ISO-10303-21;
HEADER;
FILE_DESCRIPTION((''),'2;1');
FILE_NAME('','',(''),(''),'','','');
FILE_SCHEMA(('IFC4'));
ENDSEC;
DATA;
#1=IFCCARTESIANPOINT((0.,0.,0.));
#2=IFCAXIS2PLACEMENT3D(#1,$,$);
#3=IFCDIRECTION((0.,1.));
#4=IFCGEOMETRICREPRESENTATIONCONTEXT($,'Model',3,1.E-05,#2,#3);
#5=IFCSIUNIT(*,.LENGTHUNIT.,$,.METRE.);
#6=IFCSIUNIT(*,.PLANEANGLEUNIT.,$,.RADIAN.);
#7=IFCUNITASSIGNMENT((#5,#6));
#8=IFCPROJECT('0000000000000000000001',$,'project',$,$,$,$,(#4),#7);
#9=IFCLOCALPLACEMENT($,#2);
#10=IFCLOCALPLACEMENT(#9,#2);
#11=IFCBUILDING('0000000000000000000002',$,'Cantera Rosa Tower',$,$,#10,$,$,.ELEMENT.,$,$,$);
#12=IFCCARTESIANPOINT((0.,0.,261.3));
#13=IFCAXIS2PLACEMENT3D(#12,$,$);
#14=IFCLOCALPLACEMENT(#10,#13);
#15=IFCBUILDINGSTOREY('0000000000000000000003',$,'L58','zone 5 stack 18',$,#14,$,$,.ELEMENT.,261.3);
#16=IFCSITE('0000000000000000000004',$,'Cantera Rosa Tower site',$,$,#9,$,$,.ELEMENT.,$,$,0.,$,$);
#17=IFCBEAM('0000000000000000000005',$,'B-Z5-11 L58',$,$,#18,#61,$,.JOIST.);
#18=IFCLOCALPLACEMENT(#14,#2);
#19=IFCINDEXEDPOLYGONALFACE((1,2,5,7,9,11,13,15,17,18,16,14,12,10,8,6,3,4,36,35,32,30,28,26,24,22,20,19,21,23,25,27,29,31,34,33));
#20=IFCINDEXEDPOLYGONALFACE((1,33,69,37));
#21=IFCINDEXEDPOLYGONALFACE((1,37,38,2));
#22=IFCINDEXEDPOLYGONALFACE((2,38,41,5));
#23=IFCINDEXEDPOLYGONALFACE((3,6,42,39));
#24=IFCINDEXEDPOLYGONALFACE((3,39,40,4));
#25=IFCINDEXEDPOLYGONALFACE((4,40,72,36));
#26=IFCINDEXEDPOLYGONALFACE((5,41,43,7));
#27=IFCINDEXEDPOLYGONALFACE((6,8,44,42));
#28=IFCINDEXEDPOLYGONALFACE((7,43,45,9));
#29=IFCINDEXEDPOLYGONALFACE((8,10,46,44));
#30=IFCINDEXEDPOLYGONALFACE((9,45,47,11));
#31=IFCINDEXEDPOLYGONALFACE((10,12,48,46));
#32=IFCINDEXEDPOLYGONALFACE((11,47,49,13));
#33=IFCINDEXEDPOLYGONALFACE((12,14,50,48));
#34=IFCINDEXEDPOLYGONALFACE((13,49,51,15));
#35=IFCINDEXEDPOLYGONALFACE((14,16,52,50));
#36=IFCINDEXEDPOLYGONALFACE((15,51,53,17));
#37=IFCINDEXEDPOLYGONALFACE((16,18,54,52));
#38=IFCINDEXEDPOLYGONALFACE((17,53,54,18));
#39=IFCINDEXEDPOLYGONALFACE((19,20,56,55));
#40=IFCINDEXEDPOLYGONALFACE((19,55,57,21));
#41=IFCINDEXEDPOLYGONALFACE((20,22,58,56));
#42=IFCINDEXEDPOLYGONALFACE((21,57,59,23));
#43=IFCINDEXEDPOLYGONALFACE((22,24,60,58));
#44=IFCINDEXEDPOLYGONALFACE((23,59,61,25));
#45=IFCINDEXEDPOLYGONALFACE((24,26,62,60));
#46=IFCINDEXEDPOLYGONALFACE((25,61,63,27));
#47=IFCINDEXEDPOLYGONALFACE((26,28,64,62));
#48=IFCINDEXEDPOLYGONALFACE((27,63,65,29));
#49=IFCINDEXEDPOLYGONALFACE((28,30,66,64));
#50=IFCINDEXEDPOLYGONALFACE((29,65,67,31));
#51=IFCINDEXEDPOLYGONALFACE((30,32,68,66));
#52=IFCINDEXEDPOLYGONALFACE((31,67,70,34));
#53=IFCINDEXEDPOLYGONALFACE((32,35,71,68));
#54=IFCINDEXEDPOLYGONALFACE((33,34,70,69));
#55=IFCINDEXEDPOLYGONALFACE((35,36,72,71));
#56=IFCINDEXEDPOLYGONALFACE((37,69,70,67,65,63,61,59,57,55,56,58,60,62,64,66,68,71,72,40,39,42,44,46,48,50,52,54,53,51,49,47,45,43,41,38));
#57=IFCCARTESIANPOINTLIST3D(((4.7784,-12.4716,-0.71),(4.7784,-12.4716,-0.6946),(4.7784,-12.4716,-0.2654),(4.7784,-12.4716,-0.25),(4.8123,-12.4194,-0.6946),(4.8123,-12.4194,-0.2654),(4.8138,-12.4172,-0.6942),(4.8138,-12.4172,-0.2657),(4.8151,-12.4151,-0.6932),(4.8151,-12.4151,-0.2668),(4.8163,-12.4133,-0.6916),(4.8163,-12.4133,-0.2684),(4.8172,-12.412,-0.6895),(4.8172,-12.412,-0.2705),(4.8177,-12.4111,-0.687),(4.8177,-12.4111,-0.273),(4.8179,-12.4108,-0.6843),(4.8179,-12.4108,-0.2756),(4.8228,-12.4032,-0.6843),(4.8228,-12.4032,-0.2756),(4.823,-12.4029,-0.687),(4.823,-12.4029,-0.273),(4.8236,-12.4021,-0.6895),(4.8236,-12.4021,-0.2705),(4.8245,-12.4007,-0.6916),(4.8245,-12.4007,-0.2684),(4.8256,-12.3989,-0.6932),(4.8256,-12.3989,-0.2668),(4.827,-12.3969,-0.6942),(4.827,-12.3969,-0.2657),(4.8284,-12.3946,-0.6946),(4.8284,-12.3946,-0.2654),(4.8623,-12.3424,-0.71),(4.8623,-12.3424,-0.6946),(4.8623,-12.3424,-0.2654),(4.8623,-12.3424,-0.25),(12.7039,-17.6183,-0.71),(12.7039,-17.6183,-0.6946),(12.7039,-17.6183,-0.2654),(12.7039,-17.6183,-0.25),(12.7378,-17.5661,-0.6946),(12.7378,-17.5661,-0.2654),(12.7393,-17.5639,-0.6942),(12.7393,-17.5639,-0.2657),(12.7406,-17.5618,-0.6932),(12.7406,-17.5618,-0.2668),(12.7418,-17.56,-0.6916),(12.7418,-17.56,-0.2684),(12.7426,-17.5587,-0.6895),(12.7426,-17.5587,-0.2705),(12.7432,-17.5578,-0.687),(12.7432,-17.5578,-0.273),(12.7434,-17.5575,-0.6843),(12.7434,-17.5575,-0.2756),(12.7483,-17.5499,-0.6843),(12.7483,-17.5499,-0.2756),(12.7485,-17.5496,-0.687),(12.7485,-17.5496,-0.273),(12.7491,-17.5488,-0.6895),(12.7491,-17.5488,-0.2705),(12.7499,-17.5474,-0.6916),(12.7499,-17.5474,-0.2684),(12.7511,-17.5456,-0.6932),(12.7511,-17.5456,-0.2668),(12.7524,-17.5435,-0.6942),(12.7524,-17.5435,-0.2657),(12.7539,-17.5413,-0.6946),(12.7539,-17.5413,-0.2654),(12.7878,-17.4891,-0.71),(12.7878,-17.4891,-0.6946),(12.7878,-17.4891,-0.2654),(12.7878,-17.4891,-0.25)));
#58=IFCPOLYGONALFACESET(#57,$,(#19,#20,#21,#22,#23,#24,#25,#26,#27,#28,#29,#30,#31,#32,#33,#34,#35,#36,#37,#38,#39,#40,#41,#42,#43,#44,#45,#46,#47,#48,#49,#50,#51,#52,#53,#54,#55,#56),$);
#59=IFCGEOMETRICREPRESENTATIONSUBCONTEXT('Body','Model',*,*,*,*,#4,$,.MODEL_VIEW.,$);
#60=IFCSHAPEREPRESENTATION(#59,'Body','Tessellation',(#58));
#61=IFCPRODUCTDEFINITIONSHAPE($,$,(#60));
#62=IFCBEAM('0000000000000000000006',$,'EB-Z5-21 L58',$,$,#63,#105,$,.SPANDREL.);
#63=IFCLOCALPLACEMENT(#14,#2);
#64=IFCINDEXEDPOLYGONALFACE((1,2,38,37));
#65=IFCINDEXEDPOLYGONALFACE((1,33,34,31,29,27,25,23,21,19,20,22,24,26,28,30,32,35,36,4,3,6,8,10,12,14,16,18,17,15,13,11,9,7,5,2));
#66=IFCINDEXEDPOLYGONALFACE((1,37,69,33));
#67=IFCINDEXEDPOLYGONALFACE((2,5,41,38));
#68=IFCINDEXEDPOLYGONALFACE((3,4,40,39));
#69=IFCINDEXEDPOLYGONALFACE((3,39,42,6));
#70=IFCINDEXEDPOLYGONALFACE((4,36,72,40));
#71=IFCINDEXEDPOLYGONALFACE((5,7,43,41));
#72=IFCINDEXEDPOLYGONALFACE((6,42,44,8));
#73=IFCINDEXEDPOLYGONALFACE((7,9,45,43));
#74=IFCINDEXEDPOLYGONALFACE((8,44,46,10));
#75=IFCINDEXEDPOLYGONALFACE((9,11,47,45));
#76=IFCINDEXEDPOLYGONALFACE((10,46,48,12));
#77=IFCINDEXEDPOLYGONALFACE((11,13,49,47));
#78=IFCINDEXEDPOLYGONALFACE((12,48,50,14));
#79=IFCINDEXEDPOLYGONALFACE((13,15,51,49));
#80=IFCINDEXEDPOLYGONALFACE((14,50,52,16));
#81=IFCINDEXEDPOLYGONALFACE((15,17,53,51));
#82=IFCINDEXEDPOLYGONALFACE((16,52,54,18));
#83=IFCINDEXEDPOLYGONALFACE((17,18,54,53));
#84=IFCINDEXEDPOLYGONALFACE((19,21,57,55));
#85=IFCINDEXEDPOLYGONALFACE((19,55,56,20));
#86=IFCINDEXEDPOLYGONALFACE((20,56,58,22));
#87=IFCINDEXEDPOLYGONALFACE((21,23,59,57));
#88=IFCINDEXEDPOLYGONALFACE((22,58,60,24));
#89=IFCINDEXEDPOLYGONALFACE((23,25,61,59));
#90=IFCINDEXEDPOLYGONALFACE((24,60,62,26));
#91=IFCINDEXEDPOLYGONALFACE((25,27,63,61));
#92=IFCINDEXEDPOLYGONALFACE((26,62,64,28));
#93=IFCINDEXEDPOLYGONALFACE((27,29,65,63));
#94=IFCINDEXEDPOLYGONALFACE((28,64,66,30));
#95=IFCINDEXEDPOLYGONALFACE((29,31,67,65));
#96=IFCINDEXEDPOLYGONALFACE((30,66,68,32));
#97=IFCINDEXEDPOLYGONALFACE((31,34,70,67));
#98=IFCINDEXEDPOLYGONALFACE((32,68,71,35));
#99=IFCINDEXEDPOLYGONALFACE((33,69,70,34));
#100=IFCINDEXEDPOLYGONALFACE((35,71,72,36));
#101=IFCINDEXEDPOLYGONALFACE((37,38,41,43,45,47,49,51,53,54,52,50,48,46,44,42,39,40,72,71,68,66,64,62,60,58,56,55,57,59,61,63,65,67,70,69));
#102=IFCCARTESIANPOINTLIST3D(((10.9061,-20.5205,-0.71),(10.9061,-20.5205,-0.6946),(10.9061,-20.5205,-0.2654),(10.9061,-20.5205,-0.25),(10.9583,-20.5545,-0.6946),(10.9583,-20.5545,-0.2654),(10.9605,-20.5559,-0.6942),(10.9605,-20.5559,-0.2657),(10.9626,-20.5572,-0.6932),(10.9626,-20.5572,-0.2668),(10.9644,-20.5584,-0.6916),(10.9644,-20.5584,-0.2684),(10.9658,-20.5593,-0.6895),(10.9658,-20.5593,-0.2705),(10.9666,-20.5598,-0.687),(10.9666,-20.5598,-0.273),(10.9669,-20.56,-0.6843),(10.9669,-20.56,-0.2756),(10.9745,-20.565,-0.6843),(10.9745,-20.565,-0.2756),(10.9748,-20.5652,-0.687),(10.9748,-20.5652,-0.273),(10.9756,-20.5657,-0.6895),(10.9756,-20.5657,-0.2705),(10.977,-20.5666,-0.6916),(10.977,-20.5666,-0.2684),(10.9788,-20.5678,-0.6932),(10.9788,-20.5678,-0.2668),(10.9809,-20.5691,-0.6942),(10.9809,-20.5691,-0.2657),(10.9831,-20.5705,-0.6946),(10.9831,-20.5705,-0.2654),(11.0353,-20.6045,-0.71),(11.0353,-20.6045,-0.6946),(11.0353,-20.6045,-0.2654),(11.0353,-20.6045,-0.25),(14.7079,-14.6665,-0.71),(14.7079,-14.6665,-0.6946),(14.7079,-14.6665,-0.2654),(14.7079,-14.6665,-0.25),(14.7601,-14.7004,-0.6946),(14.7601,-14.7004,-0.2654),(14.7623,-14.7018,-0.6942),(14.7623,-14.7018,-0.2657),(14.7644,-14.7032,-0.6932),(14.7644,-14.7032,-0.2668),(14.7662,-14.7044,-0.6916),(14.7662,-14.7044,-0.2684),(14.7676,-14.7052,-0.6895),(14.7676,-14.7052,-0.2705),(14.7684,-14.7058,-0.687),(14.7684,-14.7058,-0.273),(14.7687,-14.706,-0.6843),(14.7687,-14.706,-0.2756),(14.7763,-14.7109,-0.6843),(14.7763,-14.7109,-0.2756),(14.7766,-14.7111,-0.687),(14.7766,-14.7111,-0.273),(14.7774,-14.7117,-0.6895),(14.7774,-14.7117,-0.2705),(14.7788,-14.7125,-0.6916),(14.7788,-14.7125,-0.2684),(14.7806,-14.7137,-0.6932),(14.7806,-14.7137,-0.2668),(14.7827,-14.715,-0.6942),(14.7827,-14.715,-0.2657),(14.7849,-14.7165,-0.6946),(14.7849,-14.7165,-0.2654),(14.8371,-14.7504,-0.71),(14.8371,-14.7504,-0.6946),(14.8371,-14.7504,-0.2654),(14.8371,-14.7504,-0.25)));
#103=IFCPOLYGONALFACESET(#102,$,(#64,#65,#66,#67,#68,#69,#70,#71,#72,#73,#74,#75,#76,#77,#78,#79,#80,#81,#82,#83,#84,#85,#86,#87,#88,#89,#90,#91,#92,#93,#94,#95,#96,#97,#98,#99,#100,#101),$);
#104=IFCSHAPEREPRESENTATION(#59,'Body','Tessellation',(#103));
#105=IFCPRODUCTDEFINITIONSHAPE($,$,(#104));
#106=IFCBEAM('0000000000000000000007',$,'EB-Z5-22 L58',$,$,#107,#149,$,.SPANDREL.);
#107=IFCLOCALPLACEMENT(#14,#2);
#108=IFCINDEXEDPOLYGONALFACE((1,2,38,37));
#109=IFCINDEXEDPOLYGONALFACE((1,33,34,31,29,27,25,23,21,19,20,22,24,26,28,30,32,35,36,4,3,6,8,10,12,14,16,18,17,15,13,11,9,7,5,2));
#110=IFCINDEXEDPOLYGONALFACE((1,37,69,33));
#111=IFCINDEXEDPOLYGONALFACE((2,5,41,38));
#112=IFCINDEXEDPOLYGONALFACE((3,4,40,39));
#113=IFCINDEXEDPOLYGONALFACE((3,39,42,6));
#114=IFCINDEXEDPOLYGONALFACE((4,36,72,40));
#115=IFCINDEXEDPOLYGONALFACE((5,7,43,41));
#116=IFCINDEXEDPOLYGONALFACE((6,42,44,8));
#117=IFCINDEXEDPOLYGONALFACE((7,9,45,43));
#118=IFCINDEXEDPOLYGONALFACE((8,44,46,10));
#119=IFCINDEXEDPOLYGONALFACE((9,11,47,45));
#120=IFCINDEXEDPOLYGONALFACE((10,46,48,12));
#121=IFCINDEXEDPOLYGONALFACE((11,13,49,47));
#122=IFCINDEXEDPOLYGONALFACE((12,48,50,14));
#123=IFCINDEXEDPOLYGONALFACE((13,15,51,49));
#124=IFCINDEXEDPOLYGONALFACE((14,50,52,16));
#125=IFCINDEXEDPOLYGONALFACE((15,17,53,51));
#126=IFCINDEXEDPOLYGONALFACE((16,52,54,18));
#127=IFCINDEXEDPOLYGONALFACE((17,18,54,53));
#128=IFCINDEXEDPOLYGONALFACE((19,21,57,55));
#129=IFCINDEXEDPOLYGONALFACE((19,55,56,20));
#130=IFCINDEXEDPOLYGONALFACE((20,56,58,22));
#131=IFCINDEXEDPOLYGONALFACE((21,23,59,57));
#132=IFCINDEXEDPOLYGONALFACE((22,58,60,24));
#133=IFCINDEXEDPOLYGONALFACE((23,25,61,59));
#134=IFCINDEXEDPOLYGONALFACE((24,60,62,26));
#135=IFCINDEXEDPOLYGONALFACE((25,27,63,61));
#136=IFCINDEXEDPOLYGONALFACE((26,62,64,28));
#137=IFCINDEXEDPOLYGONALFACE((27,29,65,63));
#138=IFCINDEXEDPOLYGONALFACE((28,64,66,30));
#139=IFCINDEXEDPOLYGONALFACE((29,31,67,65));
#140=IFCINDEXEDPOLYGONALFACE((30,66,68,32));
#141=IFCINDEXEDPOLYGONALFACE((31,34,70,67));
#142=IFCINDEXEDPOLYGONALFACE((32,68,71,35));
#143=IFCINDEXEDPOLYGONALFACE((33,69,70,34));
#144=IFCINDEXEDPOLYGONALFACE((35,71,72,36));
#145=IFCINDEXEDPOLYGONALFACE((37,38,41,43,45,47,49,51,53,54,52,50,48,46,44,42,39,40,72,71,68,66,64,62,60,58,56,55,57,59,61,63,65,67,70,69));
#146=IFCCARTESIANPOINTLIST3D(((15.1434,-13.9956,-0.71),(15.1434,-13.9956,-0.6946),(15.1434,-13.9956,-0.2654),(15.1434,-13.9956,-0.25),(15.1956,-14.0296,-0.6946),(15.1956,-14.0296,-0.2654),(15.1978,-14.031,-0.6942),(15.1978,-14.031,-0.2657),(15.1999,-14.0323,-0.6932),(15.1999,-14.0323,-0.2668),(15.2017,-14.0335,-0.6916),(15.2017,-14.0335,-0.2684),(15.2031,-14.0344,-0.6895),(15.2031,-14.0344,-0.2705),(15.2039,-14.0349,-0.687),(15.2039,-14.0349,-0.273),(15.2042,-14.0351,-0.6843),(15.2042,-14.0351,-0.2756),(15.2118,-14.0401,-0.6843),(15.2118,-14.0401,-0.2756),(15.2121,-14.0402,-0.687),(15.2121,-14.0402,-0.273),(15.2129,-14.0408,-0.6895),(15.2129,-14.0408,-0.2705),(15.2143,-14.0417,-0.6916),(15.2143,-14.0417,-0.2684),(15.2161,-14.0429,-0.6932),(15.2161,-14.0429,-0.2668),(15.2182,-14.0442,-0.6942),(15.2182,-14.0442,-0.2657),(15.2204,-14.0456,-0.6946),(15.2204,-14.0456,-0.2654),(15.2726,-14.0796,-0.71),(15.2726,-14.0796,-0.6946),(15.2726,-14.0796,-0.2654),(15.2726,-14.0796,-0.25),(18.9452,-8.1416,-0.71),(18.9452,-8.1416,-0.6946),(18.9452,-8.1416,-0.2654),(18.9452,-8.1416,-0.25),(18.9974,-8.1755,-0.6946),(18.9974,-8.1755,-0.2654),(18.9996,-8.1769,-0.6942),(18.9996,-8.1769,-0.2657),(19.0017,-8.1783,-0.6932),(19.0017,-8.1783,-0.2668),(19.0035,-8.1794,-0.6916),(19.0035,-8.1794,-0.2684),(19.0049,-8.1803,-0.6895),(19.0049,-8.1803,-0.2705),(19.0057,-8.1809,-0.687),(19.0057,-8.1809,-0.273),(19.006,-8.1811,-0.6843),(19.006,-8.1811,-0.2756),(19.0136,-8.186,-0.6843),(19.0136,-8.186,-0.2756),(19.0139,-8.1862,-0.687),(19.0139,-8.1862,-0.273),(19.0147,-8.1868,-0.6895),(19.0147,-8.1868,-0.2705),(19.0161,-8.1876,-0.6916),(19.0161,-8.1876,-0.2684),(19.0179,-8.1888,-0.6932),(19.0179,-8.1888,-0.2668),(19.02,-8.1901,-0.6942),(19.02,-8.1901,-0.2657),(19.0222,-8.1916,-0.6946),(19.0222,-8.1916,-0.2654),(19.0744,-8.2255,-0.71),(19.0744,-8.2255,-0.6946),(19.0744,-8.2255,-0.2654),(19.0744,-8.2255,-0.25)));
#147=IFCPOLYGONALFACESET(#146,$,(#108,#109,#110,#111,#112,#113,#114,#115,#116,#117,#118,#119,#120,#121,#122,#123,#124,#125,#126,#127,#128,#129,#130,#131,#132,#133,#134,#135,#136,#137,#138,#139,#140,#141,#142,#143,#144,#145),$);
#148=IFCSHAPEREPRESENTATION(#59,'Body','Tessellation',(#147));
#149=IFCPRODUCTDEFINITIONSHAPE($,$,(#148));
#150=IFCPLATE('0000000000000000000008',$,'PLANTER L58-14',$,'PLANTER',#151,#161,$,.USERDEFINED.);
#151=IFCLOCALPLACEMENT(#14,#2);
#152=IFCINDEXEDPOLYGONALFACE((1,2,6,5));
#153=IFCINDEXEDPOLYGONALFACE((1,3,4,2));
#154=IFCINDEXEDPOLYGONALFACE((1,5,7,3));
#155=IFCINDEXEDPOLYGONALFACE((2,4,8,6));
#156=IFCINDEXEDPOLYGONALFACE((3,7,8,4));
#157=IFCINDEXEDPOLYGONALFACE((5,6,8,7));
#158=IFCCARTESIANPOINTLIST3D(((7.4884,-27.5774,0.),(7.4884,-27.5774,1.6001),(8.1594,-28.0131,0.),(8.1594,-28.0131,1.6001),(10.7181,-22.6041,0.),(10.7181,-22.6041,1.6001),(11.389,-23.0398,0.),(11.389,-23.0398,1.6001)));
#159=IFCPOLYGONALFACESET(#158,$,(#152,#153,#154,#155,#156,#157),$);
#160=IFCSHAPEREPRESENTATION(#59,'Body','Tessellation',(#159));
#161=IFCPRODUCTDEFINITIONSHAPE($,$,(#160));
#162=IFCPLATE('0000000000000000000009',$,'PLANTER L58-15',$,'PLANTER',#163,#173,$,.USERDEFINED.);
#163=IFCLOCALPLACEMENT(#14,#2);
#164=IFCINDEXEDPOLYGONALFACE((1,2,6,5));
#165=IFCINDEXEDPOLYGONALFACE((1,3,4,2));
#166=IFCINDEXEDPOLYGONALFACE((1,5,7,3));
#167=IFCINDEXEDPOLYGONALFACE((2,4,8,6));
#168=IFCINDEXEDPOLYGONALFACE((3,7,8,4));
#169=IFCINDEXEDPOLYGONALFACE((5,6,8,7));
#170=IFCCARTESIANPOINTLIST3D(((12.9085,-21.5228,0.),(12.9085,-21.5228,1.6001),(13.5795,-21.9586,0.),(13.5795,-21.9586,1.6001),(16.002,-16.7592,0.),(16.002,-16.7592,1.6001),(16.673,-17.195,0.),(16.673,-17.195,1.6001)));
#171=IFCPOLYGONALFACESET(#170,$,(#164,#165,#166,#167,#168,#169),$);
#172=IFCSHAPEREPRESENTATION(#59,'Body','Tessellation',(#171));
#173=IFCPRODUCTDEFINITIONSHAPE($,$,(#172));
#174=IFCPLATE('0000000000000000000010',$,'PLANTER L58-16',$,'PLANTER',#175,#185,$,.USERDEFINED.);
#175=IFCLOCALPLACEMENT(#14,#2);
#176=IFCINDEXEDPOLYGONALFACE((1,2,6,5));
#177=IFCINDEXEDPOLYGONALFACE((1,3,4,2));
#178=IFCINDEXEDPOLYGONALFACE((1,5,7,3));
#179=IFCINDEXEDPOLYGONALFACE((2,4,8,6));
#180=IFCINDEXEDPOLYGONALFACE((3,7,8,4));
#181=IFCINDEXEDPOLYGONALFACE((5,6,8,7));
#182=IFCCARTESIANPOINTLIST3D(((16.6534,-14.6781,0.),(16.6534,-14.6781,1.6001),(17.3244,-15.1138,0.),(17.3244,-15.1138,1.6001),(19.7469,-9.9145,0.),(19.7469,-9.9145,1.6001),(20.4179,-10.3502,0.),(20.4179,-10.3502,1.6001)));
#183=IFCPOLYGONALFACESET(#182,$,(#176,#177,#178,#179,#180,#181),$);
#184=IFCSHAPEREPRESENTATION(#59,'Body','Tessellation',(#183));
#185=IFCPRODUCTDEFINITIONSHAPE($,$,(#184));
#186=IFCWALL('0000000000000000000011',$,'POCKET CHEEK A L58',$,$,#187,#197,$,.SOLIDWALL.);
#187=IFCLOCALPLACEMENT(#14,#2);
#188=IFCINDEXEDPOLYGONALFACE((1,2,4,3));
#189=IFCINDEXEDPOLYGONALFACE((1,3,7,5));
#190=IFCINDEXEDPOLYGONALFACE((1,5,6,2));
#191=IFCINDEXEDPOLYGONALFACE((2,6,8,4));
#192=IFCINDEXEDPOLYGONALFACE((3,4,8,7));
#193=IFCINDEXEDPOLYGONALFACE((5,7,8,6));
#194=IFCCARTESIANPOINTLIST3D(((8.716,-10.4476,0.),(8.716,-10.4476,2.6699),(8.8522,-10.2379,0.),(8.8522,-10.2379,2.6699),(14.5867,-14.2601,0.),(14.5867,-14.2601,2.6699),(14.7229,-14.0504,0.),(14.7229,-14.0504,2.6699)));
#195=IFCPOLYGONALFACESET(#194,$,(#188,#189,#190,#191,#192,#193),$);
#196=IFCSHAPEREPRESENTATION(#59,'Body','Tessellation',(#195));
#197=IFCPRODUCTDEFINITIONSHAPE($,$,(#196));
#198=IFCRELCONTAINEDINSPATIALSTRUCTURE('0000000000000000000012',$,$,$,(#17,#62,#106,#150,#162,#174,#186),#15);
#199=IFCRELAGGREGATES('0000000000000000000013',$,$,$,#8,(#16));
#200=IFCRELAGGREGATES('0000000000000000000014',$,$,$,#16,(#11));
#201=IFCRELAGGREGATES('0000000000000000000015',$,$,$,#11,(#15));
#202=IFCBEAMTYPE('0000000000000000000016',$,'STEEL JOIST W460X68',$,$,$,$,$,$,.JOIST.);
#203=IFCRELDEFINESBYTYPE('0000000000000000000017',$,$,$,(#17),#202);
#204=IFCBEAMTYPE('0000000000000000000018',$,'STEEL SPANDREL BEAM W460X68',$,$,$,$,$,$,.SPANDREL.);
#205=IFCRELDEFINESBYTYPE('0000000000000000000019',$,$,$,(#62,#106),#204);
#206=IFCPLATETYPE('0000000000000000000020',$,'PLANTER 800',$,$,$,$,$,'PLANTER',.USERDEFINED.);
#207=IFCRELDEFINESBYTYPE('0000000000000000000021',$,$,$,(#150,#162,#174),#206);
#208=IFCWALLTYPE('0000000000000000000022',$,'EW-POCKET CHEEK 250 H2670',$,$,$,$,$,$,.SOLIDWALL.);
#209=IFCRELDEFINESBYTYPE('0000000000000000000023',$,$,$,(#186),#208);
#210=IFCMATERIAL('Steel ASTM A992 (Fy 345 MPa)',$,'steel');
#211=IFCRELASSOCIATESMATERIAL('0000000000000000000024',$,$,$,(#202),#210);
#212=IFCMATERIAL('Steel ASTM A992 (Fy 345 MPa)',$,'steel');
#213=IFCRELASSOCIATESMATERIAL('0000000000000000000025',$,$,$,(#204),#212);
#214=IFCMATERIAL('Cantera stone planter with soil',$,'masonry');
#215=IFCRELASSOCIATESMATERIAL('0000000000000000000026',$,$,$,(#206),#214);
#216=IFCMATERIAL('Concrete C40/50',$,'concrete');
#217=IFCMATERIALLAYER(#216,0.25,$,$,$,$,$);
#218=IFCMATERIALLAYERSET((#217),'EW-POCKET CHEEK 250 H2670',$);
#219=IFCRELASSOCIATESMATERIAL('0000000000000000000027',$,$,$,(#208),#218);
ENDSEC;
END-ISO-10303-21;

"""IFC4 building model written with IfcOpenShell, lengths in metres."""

from ifc_helpers import new_model, si_unit, direction, frame, frame_2d, origin, origin_2d, place, context, subcontext, project, spatial, rectangle, i_section, extrude, material, layer, layer_set, material_profile, profile_set, type_object, element, save


model = new_model("IFC4")

# Units and contexts
model_context = context("Model", 3, precision=1e-05, world=origin(), true_north=direction((0.0, 1.0)))
body_context = subcontext(model_context, "Body", "Model", "MODEL_VIEW")
ifc_project = project(units=[si_unit("LENGTHUNIT", "METRE"), si_unit("PLANEANGLEUNIT", "RADIAN")], contexts=[model_context])

# Site, building, storey
site_placement = place(None, origin())
site = spatial("IfcSite", under=ifc_project, at=site_placement, Name="Cantera Rosa Tower site", CompositionType="ELEMENT", RefElevation=0.0)
building_placement = place(site_placement, origin())
building = spatial("IfcBuilding", under=site, at=building_placement, Name="Cantera Rosa Tower", CompositionType="ELEMENT")
storey_placement = place(building_placement, frame((0.0, 0.0, 261.3)))
storey = spatial("IfcBuildingStorey", under=building, at=storey_placement, Name="L58", Description="zone 5 stack 18", CompositionType="ELEMENT", Elevation=261.3)

# Beams
ifc_material_1 = material(Name="Steel ASTM A992 (Fy 345 MPa)", Category="steel")
ifc_material_profile_1 = material_profile(ifc_material_1, i_section(OverallWidth=0.1541, OverallDepth=0.46, WebThickness=0.009, FlangeThickness=0.0154, FilletRadius=0.0103, at=origin_2d()), Name="W460X68")
ifc_profile_set_1 = profile_set([ifc_material_profile_1], Name="Steel ASTM A992 (Fy 345 MPa)")
beam_type_1 = type_object("IfcBeamType", Name="STEEL JOIST W460X68", PredefinedType="JOIST", material=ifc_profile_set_1)
beam_1_placement = place(storey_placement, frame((12.7458, -17.5537, -0.48), z_axis=(-0.838679, 0.544626, 0.0), x_axis=(-0.544626, -0.838679, 0.0)))
element("IfcBeam", 1, at=beam_1_placement, inside=storey, type_object=beam_type_1, Name="B-Z5-11 L58", PredefinedType="JOIST", context=body_context, shape_type="SweptSolid", body=[
    extrude(i_section(OverallWidth=0.1541, OverallDepth=0.46, WebThickness=0.009, FlangeThickness=0.0154, FilletRadius=0.0103, at=origin_2d()), origin(), (0.0, 0.0, 1.0), 9.45),
])
ifc_material_2 = material(Name="Steel ASTM A992 (Fy 345 MPa)", Category="steel")
ifc_material_profile_2 = material_profile(ifc_material_2, i_section(OverallWidth=0.1541, OverallDepth=0.46, WebThickness=0.009, FlangeThickness=0.0154, FilletRadius=0.0103, at=origin_2d()), Name="W460X68")
ifc_profile_set_2 = profile_set([ifc_material_profile_2], Name="Steel ASTM A992 (Fy 345 MPa)")
beam_type_2 = type_object("IfcBeamType", Name="STEEL SPANDREL BEAM W460X68", PredefinedType="SPANDREL", material=ifc_profile_set_2)
for number, where, z_axis, x_axis, name in (
    (2, (10.9707, -20.5625, -0.48), (0.544651, 0.838663, 0.0), (-0.838663, 0.544651, 0.0), "EB-Z5-21 L58"),
    (3, (15.208, -14.0376, -0.48), (0.544651, 0.838663, 0.0), (-0.838663, 0.544651, 0.0), "EB-Z5-22 L58"),
):
    element("IfcBeam", number, at=place(storey_placement, frame(where, z_axis=z_axis, x_axis=x_axis)), inside=storey, type_object=beam_type_2, Name=name, PredefinedType="SPANDREL", context=body_context, shape_type="SweptSolid", body=[
        extrude(i_section(OverallWidth=0.1541, OverallDepth=0.46, WebThickness=0.009, FlangeThickness=0.0154, FilletRadius=0.0103, at=origin_2d()), origin(), (0.0, 0.0, 1.0), 6.9802),
    ])

# Plates
ifc_material_3 = material(Name="Cantera stone planter with soil", Category="masonry")
plate_type = type_object("IfcPlateType", Name="PLANTER 800", ElementType="PLANTER", PredefinedType="USERDEFINED", material=ifc_material_3)
plate_placement = place(storey_placement, frame((9.4387, -25.3086, 0.0), z_axis=(0.0, 0.0, 1.0), x_axis=(0.544639, 0.838671, 0.0)))
element("IfcPlate", 4, at=plate_placement, inside=storey, type_object=plate_type, Name="PLANTER L58-14", ObjectType="PLANTER", PredefinedType="USERDEFINED", context=body_context, shape_type="SweptSolid", body=[
    extrude(rectangle(XDim=5.9299, YDim=0.8, at=origin_2d()), origin(), (0.0, 0.0, 1.0), 1.6001),
])
for number, where, z_axis, x_axis, name in (
    (5, (14.7908, -19.3589, 0.0), (0.0, 0.0, 1.0), (0.544639, 0.838671, 0.0), "PLANTER L58-15"),
    (6, (18.5356, -12.5142, 0.0), (0.0, 0.0, 1.0), (0.544639, 0.838671, 0.0), "PLANTER L58-16"),
):
    element("IfcPlate", number, at=place(storey_placement, frame(where, z_axis=z_axis, x_axis=x_axis)), inside=storey, type_object=plate_type, Name=name, ObjectType="PLANTER", PredefinedType="USERDEFINED", context=body_context, shape_type="SweptSolid", body=[
        extrude(rectangle(XDim=5.6799, YDim=0.8, at=origin_2d()), origin(), (0.0, 0.0, 1.0), 1.6001),
    ])

# Wall
ifc_material_4 = material(Name="Concrete C40/50", Category="concrete")
ifc_layer_1 = layer(ifc_material_4, 0.25)
ifc_layer_set_1 = layer_set([ifc_layer_1], Name="EW-POCKET CHEEK 250 H2670")
wall_type_1 = type_object("IfcWallType", Name="EW-POCKET CHEEK 250 H2670", PredefinedType="SOLIDWALL", material=ifc_layer_set_1)
wall_1_placement = place(storey_placement, frame((14.6548, -14.1553, 0.0), z_axis=(0.0, 0.0, 1.0), x_axis=(-0.838665, 0.544647, 0.0)))
element("IfcWall", 7, at=wall_1_placement, inside=storey, type_object=wall_type_1, Name="POCKET CHEEK A L58", PredefinedType="SOLIDWALL", context=body_context, shape_type="SweptSolid", body=[
    extrude(rectangle(XDim=7.0, YDim=0.25, at=frame_2d((3.5, 0.0))), origin(), (0.0, 0.0, 1.0), 2.6699),
])

save(model, "model.ifc")
